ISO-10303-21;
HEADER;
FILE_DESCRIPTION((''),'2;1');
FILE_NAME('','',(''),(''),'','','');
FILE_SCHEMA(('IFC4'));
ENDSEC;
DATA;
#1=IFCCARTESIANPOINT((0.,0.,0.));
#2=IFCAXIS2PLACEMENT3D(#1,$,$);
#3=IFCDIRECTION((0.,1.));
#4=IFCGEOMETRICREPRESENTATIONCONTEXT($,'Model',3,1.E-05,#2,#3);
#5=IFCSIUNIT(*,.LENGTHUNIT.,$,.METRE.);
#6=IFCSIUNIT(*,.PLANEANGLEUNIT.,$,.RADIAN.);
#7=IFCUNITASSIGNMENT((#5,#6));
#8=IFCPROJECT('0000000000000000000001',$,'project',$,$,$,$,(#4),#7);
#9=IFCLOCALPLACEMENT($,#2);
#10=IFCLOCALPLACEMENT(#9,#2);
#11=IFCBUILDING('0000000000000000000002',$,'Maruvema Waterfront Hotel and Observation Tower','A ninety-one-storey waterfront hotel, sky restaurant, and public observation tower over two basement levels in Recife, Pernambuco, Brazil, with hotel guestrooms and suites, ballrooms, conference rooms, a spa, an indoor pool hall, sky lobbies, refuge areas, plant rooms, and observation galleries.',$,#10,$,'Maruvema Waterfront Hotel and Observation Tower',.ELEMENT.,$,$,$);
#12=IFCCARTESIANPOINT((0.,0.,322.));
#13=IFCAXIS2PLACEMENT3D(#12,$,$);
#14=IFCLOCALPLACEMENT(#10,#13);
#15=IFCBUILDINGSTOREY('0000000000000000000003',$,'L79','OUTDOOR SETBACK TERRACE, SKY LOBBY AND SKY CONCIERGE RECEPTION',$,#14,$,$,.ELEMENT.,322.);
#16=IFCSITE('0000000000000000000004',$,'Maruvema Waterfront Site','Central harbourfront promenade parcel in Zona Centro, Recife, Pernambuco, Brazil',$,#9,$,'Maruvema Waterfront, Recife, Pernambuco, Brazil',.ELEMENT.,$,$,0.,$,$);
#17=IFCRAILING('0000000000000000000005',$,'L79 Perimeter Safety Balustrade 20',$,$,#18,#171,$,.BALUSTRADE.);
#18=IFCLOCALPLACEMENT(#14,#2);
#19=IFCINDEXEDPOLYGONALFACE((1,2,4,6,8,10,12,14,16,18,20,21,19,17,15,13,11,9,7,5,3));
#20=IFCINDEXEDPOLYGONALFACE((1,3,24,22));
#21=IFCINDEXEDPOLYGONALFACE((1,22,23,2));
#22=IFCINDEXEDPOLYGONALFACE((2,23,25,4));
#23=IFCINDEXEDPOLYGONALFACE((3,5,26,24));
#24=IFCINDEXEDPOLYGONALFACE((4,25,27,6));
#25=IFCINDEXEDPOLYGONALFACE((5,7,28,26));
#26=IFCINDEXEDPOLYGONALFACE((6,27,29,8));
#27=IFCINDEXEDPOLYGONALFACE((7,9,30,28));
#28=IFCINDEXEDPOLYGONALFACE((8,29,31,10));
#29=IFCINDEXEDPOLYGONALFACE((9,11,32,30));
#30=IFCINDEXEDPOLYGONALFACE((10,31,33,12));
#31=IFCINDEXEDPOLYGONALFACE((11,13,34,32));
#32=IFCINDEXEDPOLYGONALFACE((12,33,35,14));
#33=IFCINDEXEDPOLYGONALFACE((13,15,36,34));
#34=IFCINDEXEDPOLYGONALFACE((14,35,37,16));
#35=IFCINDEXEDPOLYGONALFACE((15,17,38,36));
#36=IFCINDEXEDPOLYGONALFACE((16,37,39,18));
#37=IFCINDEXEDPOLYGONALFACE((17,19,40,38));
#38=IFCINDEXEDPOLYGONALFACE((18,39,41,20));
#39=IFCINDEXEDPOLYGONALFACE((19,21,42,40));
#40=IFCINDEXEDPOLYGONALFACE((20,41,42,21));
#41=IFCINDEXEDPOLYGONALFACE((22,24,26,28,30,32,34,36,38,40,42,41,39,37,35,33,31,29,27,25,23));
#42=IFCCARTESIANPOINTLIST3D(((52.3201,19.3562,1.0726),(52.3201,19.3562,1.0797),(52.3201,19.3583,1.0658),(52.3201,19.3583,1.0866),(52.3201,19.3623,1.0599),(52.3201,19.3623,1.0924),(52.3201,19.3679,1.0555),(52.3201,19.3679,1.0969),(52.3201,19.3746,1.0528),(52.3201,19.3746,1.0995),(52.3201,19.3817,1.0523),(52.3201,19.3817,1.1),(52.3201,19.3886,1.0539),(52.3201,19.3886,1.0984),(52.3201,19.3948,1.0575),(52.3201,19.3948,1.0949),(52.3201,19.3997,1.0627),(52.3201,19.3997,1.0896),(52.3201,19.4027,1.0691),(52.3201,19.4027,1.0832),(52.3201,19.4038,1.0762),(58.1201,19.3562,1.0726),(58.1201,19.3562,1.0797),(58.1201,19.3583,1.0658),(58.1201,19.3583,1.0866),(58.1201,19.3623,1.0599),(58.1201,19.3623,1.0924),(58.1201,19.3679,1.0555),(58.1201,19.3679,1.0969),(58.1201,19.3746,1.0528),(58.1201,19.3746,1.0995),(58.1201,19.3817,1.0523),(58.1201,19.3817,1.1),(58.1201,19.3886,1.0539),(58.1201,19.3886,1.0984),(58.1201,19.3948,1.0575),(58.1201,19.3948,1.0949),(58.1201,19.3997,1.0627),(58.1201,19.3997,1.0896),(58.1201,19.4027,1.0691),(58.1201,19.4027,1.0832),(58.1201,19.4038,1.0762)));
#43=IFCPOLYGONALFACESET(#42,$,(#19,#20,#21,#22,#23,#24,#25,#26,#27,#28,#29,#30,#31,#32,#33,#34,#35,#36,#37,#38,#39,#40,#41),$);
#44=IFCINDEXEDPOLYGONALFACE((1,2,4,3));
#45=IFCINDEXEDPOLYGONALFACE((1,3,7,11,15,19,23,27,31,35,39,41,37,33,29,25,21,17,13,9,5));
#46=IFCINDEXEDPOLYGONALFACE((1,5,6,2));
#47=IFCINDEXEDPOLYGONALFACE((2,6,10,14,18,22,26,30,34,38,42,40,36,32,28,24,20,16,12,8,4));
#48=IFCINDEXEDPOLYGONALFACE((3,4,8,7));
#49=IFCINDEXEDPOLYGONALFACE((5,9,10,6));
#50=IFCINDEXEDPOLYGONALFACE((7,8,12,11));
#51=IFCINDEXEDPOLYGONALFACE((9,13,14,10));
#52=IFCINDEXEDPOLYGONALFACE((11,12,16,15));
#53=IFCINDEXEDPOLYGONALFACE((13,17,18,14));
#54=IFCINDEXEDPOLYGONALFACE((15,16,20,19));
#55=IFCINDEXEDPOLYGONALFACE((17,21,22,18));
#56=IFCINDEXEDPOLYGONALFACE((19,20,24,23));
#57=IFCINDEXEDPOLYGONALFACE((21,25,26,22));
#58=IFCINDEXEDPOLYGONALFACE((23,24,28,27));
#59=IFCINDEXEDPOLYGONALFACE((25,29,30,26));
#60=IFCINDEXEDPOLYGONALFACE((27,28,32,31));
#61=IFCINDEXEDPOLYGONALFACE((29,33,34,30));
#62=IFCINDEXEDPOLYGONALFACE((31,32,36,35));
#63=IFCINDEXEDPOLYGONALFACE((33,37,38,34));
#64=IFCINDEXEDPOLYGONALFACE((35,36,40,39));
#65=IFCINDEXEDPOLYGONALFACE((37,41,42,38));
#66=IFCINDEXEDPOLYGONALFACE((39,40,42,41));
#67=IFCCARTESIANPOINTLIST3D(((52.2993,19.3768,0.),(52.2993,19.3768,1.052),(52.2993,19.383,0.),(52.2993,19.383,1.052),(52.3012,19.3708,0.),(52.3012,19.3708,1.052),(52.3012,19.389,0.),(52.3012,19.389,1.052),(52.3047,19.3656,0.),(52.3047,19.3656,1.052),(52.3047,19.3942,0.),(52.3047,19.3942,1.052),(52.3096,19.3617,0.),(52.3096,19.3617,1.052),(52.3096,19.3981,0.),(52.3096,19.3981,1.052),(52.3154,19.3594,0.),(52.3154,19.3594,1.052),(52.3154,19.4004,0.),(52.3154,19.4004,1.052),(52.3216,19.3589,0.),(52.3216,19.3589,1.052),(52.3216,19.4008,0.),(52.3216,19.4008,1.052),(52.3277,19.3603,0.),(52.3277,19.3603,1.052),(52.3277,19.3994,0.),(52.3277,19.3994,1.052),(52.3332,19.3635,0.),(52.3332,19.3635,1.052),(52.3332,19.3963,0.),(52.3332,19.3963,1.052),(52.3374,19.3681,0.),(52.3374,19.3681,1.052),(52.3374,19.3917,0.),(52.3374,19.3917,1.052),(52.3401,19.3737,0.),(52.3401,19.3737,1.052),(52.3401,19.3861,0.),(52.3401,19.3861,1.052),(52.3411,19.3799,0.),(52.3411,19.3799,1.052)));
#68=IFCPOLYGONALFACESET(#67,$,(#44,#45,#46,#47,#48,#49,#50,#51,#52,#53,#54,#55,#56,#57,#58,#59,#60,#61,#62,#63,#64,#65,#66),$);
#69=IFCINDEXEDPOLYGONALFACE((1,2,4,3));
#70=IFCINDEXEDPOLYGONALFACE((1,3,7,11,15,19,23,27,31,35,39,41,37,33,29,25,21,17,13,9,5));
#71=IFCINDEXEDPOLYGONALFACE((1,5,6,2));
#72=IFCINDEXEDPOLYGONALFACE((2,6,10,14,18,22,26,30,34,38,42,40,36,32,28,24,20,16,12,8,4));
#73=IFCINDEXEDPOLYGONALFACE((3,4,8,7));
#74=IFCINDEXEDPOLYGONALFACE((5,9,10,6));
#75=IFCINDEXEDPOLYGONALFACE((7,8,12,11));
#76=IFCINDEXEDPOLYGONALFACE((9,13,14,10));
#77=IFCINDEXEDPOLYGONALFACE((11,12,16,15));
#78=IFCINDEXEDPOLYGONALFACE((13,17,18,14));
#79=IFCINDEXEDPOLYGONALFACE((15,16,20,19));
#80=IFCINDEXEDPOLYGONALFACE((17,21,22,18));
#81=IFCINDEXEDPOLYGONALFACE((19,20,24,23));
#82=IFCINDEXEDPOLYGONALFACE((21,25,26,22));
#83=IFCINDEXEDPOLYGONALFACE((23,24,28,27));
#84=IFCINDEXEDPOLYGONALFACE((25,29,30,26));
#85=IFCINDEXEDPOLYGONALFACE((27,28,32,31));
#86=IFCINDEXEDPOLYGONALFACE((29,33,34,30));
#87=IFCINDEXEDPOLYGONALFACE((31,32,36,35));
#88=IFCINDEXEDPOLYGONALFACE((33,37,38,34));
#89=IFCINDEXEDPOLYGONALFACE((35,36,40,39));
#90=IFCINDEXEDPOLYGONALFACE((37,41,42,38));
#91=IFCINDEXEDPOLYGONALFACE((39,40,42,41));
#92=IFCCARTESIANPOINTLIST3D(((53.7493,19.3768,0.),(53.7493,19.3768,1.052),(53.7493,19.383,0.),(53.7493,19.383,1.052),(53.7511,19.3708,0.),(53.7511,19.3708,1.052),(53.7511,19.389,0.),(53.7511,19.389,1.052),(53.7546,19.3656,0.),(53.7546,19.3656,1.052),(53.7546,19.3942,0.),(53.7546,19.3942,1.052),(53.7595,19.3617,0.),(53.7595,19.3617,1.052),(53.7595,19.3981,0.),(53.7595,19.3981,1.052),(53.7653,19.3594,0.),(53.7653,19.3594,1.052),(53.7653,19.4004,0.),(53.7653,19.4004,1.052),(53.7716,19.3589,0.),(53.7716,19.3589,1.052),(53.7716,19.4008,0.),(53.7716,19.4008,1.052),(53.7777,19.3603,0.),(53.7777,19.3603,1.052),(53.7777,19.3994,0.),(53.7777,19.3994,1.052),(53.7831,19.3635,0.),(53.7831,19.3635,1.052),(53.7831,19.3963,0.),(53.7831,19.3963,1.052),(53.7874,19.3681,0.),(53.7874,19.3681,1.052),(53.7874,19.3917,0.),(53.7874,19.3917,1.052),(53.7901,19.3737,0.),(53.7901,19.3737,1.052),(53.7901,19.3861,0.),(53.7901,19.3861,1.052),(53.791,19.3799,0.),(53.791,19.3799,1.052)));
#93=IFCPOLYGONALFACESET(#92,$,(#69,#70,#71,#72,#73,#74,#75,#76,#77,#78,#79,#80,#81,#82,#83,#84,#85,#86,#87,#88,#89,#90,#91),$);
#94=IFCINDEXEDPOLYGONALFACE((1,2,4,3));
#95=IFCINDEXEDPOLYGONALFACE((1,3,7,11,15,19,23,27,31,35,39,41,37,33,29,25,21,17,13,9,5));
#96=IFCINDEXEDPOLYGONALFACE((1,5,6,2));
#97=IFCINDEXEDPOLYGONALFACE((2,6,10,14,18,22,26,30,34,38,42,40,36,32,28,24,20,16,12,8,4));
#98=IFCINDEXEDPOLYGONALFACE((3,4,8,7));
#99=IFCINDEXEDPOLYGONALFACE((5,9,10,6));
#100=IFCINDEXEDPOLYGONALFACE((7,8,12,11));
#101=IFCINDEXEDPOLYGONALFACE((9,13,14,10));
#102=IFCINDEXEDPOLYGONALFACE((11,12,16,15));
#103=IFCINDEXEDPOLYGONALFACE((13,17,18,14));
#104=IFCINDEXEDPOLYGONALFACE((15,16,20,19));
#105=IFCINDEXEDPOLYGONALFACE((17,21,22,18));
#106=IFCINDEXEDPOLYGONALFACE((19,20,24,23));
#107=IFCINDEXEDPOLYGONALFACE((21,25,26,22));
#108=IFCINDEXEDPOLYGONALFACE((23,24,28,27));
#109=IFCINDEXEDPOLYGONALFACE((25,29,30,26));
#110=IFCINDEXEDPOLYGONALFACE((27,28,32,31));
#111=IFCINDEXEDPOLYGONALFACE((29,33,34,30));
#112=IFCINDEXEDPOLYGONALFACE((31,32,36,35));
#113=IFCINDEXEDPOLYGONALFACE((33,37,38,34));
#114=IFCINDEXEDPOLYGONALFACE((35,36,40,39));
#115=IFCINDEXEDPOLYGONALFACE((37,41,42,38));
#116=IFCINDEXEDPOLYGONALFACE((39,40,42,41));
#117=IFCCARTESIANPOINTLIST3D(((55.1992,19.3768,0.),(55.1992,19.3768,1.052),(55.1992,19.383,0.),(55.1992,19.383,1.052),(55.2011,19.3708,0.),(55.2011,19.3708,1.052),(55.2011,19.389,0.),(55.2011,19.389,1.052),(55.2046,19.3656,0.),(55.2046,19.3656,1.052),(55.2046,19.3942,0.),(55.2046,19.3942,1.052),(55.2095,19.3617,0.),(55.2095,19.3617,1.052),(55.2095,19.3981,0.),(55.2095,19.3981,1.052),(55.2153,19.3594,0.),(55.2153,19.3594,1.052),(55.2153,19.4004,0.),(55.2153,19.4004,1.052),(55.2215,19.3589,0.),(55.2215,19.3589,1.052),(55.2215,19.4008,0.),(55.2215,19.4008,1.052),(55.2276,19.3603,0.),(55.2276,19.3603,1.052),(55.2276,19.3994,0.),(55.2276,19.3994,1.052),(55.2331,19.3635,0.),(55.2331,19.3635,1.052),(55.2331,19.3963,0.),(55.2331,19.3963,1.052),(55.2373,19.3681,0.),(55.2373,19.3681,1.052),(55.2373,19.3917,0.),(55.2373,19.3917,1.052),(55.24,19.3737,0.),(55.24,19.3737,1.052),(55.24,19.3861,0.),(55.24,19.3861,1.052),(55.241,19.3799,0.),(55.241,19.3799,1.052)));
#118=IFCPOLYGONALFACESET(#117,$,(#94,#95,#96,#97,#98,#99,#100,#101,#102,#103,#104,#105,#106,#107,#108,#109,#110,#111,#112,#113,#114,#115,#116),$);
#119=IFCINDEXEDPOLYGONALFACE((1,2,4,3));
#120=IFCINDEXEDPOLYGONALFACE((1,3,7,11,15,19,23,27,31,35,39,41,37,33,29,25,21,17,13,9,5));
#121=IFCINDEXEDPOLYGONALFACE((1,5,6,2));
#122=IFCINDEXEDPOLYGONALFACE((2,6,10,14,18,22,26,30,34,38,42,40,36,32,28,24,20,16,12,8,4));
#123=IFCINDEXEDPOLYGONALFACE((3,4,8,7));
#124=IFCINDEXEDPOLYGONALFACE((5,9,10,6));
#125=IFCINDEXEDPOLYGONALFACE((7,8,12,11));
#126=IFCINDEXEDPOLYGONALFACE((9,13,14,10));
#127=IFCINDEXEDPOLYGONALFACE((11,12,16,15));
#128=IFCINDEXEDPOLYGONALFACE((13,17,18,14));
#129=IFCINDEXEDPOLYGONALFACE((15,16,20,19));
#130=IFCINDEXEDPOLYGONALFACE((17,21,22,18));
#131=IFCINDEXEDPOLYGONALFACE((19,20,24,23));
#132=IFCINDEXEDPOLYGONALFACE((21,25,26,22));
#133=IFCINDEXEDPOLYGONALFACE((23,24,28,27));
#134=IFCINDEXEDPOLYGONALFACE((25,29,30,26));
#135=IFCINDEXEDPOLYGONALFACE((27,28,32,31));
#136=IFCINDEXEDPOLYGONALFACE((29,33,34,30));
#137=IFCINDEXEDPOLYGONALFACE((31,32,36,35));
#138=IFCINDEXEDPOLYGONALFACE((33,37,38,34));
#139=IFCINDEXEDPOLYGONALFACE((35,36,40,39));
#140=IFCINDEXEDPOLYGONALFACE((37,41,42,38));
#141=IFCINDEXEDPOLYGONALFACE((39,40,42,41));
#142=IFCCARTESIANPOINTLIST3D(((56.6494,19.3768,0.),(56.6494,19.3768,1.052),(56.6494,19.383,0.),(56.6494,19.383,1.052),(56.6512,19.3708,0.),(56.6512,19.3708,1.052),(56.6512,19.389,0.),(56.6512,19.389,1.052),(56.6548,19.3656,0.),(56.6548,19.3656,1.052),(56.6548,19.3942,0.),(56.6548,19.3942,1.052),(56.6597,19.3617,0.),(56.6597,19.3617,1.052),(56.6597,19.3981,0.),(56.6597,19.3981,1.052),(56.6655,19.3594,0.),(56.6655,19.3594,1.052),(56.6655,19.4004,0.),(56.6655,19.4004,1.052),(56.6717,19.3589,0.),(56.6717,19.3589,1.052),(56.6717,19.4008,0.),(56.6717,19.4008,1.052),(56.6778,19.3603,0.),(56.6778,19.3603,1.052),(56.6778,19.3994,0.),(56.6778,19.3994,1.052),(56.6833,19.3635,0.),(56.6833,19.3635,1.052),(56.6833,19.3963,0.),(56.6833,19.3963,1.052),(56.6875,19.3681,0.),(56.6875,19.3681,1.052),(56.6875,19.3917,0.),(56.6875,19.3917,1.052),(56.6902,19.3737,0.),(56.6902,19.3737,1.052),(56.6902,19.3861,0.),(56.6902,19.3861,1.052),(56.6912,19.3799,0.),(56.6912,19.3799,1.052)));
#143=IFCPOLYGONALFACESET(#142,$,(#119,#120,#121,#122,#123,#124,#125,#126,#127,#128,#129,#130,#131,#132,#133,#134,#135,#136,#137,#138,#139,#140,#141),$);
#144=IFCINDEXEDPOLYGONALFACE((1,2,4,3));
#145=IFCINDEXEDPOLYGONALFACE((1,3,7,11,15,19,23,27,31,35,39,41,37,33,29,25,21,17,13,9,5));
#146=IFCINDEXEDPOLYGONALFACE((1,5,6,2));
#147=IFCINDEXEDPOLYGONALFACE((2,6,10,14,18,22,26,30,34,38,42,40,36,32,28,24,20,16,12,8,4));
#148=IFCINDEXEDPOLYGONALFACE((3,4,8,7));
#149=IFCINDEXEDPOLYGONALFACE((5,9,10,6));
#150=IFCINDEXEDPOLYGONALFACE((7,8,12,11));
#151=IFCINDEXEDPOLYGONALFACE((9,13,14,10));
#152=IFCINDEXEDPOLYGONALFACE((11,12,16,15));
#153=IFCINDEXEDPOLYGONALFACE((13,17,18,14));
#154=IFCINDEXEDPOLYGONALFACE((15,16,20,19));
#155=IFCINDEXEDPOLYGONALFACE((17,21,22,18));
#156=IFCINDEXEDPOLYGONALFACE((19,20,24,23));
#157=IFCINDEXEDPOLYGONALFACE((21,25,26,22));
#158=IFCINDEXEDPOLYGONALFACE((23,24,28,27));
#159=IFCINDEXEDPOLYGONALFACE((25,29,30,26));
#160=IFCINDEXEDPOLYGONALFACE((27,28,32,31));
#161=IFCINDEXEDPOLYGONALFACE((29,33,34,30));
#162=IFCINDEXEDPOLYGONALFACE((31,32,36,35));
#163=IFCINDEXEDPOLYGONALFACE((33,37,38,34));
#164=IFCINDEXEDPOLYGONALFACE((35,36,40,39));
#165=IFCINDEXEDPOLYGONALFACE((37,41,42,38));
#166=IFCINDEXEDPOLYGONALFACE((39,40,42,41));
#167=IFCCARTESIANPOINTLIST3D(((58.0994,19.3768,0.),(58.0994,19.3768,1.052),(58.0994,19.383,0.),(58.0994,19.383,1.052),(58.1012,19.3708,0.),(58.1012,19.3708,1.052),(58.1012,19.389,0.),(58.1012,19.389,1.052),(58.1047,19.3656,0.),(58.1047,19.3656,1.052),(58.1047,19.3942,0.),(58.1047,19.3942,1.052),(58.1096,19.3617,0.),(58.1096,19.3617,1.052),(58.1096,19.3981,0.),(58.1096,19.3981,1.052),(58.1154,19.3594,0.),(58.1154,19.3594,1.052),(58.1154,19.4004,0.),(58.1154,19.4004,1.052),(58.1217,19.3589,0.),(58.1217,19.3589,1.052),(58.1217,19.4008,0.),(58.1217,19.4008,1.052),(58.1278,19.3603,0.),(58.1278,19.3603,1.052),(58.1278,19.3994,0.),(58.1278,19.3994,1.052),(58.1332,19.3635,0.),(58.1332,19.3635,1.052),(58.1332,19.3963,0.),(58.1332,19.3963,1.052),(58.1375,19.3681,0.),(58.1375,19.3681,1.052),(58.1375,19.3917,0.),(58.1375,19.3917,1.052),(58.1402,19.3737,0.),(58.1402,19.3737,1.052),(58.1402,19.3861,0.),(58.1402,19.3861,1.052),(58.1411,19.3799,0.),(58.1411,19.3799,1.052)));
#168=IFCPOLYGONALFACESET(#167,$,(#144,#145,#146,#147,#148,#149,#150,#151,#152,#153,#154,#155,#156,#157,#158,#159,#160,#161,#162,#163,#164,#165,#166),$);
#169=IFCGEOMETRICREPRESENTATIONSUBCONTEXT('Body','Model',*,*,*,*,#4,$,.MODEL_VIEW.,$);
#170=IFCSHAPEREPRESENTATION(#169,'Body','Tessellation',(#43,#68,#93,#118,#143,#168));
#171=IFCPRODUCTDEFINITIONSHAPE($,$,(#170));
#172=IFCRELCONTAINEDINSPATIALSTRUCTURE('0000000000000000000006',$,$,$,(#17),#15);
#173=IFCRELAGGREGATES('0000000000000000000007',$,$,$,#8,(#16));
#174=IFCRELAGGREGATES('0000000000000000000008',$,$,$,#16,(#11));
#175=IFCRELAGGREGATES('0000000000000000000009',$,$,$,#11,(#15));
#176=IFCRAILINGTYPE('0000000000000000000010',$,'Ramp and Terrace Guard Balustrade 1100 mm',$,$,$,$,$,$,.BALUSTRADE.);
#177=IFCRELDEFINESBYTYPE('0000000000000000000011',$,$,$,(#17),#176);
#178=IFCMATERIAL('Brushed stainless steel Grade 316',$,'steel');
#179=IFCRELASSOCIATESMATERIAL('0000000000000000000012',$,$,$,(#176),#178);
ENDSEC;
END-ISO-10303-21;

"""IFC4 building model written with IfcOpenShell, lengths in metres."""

from ifc_helpers import new_model, si_unit, direction, frame, origin, origin_2d, place, context, subcontext, project, spatial, circle, extrude, material, type_object, element, save


model = new_model("IFC4")

# Units and contexts
model_context = context("Model", 3, precision=1e-05, world=origin(), true_north=direction((0.0, 1.0)))
body_context = subcontext(model_context, "Body", "Model", "MODEL_VIEW")
ifc_project = project(units=[si_unit("LENGTHUNIT", "METRE"), si_unit("PLANEANGLEUNIT", "RADIAN")], contexts=[model_context])

# Site, building, storey
site_placement = place(None, origin())
site = spatial("IfcSite", under=ifc_project, at=site_placement, Name="Maruvema Waterfront Site", Description="Central harbourfront promenade parcel in Zona Centro, Recife, Pernambuco, Brazil", LongName="Maruvema Waterfront, Recife, Pernambuco, Brazil", CompositionType="ELEMENT", RefElevation=0.0)
building_placement = place(site_placement, origin())
building = spatial("IfcBuilding", under=site, at=building_placement, Name="Maruvema Waterfront Hotel and Observation Tower", Description="A ninety-one-storey waterfront hotel, sky restaurant, and public observation tower over two basement levels in Recife, Pernambuco, Brazil, with hotel guestrooms and suites, ballrooms, conference rooms, a spa, an indoor pool hall, sky lobbies, refuge areas, plant rooms, and observation galleries.", LongName="Maruvema Waterfront Hotel and Observation Tower", CompositionType="ELEMENT")
storey_placement = place(building_placement, frame((0.0, 0.0, 322.0)))
storey = spatial("IfcBuildingStorey", under=building, at=storey_placement, Name="L79", Description="OUTDOOR SETBACK TERRACE, SKY LOBBY AND SKY CONCIERGE RECEPTION", CompositionType="ELEMENT", Elevation=322.0)

# Railing
ifc_material_1 = material(Name="Brushed stainless steel Grade 316", Category="steel")
railing_type = type_object("IfcRailingType", Name="Ramp and Terrace Guard Balustrade 1100 mm", PredefinedType="BALUSTRADE", material=ifc_material_1)
railing_1_placement = place(storey_placement, frame((52.3201, 19.3799, 0.0)))
element("IfcRailing", 1, at=railing_1_placement, inside=storey, type_object=railing_type, Name="L79 Perimeter Safety Balustrade 20", PredefinedType="BALUSTRADE", context=body_context, shape_type="SweptSolid", body=[
    extrude(circle(Radius=0.0239, at=origin_2d()), frame((0.0, 0.0, 1.0762), z_axis=(1.0, 0.0, 0.0), x_axis=(0.0, 1.0, 0.0)), (0.0, 0.0, 1.0), 5.8),
    extrude(circle(Radius=0.021, at=origin_2d()), origin(), (0.0, 0.0, 1.0), 1.052),
    extrude(circle(Radius=0.021, at=origin_2d()), frame((1.45, 0.0, 0.0)), (0.0, 0.0, 1.0), 1.052),
    extrude(circle(Radius=0.021, at=origin_2d()), frame((2.8999, 0.0, 0.0)), (0.0, 0.0, 1.0), 1.052),
    extrude(circle(Radius=0.021, at=origin_2d()), frame((4.3501, 0.0, 0.0)), (0.0, 0.0, 1.0), 1.052),
    extrude(circle(Radius=0.021, at=origin_2d()), frame((5.8, 0.0, 0.0)), (0.0, 0.0, 1.0), 1.052),
])

save(model, "model.ifc")
